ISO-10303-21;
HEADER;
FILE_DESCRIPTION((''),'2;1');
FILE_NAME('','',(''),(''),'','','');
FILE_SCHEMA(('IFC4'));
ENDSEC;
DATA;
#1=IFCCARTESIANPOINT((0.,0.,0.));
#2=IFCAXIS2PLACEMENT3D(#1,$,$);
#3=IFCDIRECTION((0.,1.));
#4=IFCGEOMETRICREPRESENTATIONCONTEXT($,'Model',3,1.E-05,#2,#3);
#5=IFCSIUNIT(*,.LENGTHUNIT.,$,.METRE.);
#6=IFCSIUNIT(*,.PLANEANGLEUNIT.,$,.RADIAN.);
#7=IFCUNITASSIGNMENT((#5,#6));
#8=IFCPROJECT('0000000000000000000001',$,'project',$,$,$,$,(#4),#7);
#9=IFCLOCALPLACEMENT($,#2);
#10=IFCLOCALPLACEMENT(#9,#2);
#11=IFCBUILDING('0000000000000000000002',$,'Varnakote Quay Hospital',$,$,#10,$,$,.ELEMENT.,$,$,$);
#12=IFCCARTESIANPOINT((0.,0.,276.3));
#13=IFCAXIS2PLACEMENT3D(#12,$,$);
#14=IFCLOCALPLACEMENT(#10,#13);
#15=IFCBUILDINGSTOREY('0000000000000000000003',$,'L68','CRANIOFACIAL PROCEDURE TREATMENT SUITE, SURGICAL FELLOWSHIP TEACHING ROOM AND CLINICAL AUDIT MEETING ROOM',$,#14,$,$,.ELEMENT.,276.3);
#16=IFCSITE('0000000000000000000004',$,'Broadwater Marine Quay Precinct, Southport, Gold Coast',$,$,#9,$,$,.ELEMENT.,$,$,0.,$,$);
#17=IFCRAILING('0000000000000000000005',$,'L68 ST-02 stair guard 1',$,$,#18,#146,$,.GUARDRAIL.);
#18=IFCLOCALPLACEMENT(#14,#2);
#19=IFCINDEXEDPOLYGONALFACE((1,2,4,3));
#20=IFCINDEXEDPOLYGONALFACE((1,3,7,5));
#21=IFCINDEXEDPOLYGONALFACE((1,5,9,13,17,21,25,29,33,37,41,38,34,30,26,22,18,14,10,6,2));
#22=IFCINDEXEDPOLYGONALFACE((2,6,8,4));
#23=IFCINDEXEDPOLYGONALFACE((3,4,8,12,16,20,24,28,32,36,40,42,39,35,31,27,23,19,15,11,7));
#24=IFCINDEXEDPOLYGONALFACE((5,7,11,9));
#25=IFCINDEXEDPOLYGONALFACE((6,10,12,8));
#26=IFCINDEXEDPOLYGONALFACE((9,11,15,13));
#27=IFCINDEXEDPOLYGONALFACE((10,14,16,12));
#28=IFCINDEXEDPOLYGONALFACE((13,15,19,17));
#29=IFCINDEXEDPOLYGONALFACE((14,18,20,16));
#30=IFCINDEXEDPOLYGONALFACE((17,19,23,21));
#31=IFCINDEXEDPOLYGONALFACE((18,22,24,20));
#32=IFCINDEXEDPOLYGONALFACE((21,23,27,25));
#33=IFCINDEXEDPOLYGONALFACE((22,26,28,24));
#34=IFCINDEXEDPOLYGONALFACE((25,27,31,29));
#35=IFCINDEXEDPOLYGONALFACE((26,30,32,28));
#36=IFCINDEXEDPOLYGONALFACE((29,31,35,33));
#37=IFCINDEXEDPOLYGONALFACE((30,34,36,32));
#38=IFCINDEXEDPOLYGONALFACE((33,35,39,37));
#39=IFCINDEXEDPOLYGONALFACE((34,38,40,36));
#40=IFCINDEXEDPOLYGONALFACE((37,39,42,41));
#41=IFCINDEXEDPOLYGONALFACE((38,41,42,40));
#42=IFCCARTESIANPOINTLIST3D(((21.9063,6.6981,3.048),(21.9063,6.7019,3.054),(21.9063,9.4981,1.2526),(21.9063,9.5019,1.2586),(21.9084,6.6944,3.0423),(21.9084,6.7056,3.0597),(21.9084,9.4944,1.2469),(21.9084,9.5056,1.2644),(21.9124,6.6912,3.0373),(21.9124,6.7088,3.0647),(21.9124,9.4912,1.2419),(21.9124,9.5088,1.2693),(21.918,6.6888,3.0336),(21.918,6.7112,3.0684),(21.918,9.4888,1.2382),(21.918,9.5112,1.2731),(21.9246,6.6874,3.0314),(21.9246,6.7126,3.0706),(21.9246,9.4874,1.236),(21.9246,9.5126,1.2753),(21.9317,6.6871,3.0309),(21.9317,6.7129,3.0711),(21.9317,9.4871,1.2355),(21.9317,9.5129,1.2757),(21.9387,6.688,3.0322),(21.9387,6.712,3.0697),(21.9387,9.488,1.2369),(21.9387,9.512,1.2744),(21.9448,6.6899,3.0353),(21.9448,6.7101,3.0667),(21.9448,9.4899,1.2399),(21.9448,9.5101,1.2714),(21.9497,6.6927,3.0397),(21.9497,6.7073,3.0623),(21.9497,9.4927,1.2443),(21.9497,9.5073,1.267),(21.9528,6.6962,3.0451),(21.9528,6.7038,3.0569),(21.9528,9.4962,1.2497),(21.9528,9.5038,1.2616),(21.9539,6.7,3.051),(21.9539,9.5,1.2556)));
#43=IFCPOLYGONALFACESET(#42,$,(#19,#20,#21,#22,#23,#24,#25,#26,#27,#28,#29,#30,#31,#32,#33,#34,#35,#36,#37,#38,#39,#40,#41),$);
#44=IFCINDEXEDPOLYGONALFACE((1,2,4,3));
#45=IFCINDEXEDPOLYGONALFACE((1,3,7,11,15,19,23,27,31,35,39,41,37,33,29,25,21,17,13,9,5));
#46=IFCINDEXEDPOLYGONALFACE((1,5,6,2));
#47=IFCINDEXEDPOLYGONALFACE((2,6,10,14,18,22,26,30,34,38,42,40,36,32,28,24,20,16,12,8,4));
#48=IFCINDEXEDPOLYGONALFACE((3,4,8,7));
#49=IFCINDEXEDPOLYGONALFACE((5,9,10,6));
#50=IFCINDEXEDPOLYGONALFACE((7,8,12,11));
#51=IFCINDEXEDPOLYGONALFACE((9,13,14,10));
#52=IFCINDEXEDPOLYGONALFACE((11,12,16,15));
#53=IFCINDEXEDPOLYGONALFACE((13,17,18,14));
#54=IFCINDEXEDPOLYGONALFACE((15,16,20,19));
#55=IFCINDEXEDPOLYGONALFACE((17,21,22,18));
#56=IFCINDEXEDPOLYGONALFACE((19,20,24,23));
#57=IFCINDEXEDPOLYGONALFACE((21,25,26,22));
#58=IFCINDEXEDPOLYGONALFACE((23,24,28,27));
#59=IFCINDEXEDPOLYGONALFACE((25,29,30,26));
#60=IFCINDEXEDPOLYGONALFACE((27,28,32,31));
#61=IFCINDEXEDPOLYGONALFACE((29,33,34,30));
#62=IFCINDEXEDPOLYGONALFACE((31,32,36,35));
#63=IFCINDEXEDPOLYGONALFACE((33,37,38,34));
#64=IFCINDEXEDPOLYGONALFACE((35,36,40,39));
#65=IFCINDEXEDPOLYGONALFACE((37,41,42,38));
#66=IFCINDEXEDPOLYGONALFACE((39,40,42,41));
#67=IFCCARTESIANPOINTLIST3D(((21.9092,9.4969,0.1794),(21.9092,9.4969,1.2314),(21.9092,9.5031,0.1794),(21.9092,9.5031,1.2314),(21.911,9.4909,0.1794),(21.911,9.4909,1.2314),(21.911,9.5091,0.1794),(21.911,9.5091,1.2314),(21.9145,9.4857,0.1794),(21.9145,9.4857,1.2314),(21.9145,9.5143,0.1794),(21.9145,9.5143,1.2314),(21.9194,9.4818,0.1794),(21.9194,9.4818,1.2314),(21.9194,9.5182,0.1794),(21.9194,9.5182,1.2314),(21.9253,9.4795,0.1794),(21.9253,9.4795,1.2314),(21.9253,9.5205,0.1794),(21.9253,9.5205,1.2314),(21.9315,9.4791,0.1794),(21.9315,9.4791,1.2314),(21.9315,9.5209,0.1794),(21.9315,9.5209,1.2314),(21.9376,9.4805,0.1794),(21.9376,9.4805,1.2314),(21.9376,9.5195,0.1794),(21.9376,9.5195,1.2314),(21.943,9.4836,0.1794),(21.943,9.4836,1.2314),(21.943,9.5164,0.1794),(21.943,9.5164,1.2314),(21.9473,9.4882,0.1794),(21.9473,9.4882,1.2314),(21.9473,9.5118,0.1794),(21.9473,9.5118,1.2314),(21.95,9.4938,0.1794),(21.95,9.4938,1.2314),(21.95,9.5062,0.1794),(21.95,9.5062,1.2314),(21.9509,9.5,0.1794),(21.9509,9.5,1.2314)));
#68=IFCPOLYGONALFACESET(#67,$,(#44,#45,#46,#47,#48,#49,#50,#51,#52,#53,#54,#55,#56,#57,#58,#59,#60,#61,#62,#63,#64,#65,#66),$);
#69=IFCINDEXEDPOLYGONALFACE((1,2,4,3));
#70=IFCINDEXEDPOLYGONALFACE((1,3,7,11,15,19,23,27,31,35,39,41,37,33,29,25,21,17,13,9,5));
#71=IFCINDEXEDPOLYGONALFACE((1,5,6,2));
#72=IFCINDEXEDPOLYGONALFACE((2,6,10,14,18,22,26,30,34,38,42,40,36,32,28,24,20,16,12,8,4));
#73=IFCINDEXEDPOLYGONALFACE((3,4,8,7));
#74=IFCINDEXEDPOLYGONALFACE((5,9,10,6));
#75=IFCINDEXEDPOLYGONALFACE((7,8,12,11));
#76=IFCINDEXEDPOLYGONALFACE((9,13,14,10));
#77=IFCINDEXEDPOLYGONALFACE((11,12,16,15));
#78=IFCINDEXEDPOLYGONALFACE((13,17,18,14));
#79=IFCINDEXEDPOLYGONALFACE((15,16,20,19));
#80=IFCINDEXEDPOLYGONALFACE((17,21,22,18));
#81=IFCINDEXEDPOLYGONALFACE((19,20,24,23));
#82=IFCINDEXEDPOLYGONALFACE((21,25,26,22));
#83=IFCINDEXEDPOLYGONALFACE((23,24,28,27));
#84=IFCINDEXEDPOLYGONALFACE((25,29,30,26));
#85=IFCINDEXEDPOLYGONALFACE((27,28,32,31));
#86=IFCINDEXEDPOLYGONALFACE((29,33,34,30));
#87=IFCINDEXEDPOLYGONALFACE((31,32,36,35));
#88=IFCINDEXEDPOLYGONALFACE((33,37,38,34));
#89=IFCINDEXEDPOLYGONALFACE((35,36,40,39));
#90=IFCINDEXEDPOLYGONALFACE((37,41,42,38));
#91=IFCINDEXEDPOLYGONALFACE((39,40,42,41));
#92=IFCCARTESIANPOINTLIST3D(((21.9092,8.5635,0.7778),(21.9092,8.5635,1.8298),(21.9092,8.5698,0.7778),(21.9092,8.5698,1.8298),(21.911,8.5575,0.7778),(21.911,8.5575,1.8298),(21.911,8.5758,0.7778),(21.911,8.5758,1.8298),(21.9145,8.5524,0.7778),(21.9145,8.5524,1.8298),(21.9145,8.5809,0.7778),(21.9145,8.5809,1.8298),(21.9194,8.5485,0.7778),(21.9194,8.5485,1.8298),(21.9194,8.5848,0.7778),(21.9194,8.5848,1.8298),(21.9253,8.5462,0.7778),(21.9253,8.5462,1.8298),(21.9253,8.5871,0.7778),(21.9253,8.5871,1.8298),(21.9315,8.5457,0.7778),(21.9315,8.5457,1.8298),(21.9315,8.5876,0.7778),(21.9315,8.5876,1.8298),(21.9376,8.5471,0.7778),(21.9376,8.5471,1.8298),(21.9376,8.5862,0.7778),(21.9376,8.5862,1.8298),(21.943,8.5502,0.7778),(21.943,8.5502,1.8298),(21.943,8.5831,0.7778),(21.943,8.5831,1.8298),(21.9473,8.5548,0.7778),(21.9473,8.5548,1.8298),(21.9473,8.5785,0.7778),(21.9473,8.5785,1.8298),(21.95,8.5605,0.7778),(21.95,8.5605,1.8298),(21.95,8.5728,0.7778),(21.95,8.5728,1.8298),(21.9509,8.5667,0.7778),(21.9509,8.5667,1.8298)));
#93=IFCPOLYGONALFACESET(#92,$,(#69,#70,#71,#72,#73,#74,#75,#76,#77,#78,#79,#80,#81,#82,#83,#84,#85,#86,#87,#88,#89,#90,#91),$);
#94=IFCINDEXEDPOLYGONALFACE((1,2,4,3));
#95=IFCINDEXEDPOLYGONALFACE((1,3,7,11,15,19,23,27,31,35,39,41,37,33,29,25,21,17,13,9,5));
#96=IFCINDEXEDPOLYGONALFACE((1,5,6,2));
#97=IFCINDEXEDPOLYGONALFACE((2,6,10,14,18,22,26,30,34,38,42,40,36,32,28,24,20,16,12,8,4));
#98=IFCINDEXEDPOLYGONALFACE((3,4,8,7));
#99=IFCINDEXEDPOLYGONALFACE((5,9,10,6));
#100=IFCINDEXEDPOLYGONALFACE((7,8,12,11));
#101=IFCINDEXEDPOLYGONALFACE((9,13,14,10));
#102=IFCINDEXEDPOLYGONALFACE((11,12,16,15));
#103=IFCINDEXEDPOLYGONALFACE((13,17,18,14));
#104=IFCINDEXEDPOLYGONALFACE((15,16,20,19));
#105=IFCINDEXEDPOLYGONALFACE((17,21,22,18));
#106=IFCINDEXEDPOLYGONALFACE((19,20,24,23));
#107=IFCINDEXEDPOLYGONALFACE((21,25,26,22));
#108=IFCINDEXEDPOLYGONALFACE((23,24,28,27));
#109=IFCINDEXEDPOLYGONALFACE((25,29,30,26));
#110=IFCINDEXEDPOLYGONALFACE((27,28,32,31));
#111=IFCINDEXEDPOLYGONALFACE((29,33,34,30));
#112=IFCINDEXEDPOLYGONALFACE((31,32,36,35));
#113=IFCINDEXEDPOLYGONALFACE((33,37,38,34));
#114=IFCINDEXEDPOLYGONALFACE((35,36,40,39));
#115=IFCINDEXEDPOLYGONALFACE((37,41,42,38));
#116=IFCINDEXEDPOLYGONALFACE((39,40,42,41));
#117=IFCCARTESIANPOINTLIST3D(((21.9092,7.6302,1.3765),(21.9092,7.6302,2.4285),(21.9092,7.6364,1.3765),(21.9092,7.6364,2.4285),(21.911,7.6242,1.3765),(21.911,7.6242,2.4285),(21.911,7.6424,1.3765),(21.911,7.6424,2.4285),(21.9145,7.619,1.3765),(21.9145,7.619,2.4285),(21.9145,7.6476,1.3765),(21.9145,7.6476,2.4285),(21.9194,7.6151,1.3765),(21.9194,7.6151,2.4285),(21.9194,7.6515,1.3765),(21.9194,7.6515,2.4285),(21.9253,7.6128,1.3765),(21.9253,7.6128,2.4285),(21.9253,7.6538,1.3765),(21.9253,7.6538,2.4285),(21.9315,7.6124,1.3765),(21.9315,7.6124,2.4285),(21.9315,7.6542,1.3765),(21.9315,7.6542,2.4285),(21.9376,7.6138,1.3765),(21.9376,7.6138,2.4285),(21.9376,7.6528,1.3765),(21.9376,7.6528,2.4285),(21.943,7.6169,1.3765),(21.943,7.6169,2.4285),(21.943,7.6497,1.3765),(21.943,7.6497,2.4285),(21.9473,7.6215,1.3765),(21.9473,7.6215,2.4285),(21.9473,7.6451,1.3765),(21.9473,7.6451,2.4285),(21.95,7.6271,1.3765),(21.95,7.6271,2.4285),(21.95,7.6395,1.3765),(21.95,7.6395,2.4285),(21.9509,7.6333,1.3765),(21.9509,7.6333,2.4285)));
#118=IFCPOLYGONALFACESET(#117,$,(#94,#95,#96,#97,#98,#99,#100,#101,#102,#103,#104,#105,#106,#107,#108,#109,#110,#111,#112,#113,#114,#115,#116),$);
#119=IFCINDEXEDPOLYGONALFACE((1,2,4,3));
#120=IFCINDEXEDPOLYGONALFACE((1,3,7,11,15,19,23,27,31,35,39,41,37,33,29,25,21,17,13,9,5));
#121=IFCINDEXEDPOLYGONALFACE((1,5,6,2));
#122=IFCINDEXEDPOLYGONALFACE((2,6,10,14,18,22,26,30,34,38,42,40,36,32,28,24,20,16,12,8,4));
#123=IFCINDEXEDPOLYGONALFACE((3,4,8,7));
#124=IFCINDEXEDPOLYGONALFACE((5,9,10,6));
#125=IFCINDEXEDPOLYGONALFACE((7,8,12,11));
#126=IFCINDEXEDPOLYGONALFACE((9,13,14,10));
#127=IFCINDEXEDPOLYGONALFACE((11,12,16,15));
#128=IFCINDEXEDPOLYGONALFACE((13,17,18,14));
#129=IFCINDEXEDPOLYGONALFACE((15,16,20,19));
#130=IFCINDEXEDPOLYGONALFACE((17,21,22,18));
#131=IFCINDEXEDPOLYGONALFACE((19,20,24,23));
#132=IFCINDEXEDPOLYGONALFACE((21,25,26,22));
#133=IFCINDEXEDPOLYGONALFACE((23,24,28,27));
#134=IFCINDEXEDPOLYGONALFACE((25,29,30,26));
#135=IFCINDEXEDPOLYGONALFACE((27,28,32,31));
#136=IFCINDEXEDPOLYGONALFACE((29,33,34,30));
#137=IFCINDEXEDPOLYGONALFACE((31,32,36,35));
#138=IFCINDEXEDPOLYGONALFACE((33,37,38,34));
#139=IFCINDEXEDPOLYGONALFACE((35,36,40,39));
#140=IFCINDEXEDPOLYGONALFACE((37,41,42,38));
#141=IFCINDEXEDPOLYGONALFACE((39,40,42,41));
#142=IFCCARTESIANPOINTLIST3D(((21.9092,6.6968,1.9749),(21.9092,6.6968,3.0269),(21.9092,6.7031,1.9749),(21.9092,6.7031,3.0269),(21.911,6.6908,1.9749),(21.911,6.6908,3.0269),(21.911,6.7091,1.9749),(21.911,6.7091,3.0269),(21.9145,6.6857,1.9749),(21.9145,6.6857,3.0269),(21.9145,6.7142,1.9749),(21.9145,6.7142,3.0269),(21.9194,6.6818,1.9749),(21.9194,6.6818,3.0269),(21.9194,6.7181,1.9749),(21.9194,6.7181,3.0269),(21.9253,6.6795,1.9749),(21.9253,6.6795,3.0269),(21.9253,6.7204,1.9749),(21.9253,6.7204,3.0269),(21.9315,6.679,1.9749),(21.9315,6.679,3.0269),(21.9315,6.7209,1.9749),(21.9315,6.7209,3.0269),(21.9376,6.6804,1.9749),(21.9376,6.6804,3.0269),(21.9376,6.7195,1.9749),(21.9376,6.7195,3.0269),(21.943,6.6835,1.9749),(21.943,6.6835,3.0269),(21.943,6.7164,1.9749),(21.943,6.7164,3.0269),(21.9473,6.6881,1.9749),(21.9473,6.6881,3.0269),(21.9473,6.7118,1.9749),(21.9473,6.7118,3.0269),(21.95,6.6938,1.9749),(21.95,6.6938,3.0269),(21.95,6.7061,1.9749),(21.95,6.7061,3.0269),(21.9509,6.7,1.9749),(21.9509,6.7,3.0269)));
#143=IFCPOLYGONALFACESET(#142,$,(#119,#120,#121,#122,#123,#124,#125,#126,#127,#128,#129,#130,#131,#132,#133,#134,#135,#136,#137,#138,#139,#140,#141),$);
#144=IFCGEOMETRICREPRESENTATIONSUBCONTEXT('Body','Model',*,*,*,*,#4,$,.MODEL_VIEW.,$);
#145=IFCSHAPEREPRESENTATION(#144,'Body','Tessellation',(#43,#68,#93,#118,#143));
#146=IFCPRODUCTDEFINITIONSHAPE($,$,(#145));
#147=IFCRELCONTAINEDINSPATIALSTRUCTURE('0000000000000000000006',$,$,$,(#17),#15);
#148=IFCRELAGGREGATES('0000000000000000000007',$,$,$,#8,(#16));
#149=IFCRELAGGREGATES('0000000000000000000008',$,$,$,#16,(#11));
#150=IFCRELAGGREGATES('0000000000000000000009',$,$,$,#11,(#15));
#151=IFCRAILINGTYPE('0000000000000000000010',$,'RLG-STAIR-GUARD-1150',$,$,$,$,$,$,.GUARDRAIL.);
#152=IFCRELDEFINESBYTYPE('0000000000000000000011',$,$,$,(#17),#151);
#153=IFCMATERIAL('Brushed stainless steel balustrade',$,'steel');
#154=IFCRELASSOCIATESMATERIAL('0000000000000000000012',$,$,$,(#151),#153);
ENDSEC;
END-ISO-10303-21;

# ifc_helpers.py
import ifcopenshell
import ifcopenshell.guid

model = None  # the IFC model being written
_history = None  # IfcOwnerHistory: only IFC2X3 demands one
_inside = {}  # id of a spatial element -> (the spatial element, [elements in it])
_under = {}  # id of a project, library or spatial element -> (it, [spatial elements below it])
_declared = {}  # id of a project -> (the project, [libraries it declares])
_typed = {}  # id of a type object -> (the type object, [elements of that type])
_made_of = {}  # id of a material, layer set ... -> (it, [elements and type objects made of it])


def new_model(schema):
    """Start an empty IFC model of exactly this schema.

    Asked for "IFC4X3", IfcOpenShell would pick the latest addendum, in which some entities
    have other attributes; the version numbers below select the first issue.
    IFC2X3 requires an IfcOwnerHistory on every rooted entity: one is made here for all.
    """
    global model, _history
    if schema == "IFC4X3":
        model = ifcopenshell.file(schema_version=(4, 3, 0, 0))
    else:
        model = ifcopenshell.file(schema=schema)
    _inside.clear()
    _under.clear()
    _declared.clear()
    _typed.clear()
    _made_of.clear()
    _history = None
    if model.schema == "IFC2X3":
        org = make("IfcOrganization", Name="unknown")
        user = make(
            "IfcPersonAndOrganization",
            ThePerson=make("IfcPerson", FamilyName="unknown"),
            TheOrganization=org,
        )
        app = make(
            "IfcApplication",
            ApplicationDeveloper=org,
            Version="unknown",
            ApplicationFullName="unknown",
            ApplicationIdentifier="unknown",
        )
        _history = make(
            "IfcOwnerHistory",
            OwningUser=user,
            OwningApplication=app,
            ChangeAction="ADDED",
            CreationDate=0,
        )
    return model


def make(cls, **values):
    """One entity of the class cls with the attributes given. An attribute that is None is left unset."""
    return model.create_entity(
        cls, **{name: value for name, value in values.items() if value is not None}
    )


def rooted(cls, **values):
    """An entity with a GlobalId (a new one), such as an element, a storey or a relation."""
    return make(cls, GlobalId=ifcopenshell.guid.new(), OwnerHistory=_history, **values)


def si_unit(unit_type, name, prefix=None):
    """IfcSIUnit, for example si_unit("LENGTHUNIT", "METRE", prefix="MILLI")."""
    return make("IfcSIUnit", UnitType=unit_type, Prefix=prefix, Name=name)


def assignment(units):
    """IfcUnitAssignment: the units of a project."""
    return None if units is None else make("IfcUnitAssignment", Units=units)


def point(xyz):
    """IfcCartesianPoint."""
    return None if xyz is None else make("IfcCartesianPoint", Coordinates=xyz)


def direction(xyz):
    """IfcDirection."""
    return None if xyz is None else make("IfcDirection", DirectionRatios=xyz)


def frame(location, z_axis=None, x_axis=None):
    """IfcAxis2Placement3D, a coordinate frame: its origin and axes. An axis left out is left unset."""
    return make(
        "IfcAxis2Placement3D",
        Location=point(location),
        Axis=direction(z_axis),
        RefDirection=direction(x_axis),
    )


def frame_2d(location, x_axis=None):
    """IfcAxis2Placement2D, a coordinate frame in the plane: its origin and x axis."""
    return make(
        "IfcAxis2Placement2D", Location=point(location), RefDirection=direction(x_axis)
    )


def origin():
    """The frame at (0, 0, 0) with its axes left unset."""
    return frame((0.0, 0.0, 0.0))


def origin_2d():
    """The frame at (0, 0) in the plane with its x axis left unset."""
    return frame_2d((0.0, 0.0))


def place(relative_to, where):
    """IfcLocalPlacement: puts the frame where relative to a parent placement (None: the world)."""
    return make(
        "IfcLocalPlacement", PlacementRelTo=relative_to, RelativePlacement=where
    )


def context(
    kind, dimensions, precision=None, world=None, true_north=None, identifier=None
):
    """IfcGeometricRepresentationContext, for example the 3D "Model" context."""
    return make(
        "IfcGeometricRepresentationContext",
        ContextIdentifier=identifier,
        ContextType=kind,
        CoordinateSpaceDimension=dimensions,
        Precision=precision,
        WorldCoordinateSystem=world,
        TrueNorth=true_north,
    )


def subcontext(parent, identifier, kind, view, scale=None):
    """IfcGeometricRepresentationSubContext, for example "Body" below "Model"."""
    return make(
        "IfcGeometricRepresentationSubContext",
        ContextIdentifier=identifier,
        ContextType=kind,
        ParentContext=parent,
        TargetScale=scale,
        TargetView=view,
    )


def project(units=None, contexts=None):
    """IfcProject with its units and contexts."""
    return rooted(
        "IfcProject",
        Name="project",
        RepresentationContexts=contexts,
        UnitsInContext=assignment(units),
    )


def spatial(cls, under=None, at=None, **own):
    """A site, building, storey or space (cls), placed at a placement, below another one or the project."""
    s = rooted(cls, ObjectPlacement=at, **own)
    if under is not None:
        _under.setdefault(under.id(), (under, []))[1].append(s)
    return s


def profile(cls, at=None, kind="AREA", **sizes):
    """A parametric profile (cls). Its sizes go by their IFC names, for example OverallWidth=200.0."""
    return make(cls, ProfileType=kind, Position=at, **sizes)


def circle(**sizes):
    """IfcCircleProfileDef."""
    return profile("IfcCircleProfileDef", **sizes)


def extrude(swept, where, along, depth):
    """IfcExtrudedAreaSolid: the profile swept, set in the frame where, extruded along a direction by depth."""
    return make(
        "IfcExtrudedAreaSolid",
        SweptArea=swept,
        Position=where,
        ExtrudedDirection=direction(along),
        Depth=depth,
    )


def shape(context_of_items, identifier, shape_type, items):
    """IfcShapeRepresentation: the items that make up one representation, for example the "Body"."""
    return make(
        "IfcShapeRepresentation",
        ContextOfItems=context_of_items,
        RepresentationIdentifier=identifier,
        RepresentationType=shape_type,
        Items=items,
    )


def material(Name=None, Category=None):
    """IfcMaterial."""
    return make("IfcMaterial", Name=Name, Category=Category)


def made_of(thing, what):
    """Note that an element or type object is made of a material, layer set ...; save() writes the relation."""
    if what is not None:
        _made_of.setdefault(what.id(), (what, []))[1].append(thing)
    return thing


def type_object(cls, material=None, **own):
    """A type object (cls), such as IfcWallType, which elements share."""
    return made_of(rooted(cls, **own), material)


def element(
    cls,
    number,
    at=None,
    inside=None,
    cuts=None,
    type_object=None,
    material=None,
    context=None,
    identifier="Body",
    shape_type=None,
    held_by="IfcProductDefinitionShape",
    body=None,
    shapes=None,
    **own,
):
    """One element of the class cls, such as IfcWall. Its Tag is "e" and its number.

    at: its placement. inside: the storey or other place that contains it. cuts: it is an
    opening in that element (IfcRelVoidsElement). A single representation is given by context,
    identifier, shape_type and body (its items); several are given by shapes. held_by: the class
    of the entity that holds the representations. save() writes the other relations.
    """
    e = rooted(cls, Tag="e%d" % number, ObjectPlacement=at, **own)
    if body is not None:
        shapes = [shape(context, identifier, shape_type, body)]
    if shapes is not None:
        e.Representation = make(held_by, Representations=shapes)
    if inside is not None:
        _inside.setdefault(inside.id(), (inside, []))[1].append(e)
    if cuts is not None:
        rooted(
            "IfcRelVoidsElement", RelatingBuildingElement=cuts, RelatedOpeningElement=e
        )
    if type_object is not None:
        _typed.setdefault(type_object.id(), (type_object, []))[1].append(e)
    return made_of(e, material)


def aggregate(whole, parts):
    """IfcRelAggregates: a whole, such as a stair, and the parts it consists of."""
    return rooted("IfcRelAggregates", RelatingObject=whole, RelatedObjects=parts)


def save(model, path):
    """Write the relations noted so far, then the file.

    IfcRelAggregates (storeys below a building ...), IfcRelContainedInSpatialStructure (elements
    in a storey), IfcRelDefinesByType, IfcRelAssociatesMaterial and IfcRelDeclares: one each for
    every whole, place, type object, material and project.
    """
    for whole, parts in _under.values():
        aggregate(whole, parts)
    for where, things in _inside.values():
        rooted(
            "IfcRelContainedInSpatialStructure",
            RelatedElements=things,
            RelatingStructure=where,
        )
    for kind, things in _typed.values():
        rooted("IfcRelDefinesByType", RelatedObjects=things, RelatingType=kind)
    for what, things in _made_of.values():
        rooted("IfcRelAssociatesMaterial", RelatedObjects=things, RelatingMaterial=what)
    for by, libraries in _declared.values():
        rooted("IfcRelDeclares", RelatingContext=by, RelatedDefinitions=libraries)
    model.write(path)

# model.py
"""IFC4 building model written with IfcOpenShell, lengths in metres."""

from ifc_helpers import new_model, si_unit, direction, frame, origin, origin_2d, place, context, subcontext, project, spatial, circle, extrude, material, type_object, element, save


model = new_model("IFC4")

# Units and contexts
model_context = context("Model", 3, precision=1e-05, world=origin(), true_north=direction((0.0, 1.0)))
body_context = subcontext(model_context, "Body", "Model", "MODEL_VIEW")
ifc_project = project(units=[si_unit("LENGTHUNIT", "METRE"), si_unit("PLANEANGLEUNIT", "RADIAN")], contexts=[model_context])

# Site, building, storey
site_placement = place(None, origin())
site = spatial("IfcSite", under=ifc_project, at=site_placement, Name="Broadwater Marine Quay Precinct, Southport, Gold Coast", CompositionType="ELEMENT", RefElevation=0.0)
building_placement = place(site_placement, origin())
building = spatial("IfcBuilding", under=site, at=building_placement, Name="Varnakote Quay Hospital", CompositionType="ELEMENT")
storey_placement = place(building_placement, frame((0.0, 0.0, 276.3)))
storey = spatial("IfcBuildingStorey", under=building, at=storey_placement, Name="L68", Description="CRANIOFACIAL PROCEDURE TREATMENT SUITE, SURGICAL FELLOWSHIP TEACHING ROOM AND CLINICAL AUDIT MEETING ROOM", CompositionType="ELEMENT", Elevation=276.3)

# Railing
ifc_material_1 = material(Name="Brushed stainless steel balustrade", Category="steel")
railing_type_1 = type_object("IfcRailingType", Name="RLG-STAIR-GUARD-1150", PredefinedType="GUARDRAIL", material=ifc_material_1)
railing_1_placement = place(storey_placement, frame((21.9299, 9.5, 0.1794)))
element("IfcRailing", 1, at=railing_1_placement, inside=storey, type_object=railing_type_1, Name="L68 ST-02 stair guard 1", PredefinedType="GUARDRAIL", context=body_context, shape_type="SweptSolid", body=[
    extrude(circle(Radius=0.0239, at=origin_2d()), frame((0.0, 0.0, 1.0762), z_axis=(0.0, -0.84181, 0.539774), x_axis=(1.0, 0.0, 0.0)), (0.0, 0.0, 1.0), 3.3262),
    extrude(circle(Radius=0.021, at=origin_2d()), origin(), (0.0, 0.0, 1.0), 1.052),
    extrude(circle(Radius=0.021, at=origin_2d()), frame((0.0, -0.9333, 0.5984)), (0.0, 0.0, 1.0), 1.052),
    extrude(circle(Radius=0.021, at=origin_2d()), frame((0.0, -1.8667, 1.197)), (0.0, 0.0, 1.0), 1.052),
    extrude(circle(Radius=0.021, at=origin_2d()), frame((0.0, -2.8, 1.7954)), (0.0, 0.0, 1.0), 1.052),
])

save(model, "model.ifc")
